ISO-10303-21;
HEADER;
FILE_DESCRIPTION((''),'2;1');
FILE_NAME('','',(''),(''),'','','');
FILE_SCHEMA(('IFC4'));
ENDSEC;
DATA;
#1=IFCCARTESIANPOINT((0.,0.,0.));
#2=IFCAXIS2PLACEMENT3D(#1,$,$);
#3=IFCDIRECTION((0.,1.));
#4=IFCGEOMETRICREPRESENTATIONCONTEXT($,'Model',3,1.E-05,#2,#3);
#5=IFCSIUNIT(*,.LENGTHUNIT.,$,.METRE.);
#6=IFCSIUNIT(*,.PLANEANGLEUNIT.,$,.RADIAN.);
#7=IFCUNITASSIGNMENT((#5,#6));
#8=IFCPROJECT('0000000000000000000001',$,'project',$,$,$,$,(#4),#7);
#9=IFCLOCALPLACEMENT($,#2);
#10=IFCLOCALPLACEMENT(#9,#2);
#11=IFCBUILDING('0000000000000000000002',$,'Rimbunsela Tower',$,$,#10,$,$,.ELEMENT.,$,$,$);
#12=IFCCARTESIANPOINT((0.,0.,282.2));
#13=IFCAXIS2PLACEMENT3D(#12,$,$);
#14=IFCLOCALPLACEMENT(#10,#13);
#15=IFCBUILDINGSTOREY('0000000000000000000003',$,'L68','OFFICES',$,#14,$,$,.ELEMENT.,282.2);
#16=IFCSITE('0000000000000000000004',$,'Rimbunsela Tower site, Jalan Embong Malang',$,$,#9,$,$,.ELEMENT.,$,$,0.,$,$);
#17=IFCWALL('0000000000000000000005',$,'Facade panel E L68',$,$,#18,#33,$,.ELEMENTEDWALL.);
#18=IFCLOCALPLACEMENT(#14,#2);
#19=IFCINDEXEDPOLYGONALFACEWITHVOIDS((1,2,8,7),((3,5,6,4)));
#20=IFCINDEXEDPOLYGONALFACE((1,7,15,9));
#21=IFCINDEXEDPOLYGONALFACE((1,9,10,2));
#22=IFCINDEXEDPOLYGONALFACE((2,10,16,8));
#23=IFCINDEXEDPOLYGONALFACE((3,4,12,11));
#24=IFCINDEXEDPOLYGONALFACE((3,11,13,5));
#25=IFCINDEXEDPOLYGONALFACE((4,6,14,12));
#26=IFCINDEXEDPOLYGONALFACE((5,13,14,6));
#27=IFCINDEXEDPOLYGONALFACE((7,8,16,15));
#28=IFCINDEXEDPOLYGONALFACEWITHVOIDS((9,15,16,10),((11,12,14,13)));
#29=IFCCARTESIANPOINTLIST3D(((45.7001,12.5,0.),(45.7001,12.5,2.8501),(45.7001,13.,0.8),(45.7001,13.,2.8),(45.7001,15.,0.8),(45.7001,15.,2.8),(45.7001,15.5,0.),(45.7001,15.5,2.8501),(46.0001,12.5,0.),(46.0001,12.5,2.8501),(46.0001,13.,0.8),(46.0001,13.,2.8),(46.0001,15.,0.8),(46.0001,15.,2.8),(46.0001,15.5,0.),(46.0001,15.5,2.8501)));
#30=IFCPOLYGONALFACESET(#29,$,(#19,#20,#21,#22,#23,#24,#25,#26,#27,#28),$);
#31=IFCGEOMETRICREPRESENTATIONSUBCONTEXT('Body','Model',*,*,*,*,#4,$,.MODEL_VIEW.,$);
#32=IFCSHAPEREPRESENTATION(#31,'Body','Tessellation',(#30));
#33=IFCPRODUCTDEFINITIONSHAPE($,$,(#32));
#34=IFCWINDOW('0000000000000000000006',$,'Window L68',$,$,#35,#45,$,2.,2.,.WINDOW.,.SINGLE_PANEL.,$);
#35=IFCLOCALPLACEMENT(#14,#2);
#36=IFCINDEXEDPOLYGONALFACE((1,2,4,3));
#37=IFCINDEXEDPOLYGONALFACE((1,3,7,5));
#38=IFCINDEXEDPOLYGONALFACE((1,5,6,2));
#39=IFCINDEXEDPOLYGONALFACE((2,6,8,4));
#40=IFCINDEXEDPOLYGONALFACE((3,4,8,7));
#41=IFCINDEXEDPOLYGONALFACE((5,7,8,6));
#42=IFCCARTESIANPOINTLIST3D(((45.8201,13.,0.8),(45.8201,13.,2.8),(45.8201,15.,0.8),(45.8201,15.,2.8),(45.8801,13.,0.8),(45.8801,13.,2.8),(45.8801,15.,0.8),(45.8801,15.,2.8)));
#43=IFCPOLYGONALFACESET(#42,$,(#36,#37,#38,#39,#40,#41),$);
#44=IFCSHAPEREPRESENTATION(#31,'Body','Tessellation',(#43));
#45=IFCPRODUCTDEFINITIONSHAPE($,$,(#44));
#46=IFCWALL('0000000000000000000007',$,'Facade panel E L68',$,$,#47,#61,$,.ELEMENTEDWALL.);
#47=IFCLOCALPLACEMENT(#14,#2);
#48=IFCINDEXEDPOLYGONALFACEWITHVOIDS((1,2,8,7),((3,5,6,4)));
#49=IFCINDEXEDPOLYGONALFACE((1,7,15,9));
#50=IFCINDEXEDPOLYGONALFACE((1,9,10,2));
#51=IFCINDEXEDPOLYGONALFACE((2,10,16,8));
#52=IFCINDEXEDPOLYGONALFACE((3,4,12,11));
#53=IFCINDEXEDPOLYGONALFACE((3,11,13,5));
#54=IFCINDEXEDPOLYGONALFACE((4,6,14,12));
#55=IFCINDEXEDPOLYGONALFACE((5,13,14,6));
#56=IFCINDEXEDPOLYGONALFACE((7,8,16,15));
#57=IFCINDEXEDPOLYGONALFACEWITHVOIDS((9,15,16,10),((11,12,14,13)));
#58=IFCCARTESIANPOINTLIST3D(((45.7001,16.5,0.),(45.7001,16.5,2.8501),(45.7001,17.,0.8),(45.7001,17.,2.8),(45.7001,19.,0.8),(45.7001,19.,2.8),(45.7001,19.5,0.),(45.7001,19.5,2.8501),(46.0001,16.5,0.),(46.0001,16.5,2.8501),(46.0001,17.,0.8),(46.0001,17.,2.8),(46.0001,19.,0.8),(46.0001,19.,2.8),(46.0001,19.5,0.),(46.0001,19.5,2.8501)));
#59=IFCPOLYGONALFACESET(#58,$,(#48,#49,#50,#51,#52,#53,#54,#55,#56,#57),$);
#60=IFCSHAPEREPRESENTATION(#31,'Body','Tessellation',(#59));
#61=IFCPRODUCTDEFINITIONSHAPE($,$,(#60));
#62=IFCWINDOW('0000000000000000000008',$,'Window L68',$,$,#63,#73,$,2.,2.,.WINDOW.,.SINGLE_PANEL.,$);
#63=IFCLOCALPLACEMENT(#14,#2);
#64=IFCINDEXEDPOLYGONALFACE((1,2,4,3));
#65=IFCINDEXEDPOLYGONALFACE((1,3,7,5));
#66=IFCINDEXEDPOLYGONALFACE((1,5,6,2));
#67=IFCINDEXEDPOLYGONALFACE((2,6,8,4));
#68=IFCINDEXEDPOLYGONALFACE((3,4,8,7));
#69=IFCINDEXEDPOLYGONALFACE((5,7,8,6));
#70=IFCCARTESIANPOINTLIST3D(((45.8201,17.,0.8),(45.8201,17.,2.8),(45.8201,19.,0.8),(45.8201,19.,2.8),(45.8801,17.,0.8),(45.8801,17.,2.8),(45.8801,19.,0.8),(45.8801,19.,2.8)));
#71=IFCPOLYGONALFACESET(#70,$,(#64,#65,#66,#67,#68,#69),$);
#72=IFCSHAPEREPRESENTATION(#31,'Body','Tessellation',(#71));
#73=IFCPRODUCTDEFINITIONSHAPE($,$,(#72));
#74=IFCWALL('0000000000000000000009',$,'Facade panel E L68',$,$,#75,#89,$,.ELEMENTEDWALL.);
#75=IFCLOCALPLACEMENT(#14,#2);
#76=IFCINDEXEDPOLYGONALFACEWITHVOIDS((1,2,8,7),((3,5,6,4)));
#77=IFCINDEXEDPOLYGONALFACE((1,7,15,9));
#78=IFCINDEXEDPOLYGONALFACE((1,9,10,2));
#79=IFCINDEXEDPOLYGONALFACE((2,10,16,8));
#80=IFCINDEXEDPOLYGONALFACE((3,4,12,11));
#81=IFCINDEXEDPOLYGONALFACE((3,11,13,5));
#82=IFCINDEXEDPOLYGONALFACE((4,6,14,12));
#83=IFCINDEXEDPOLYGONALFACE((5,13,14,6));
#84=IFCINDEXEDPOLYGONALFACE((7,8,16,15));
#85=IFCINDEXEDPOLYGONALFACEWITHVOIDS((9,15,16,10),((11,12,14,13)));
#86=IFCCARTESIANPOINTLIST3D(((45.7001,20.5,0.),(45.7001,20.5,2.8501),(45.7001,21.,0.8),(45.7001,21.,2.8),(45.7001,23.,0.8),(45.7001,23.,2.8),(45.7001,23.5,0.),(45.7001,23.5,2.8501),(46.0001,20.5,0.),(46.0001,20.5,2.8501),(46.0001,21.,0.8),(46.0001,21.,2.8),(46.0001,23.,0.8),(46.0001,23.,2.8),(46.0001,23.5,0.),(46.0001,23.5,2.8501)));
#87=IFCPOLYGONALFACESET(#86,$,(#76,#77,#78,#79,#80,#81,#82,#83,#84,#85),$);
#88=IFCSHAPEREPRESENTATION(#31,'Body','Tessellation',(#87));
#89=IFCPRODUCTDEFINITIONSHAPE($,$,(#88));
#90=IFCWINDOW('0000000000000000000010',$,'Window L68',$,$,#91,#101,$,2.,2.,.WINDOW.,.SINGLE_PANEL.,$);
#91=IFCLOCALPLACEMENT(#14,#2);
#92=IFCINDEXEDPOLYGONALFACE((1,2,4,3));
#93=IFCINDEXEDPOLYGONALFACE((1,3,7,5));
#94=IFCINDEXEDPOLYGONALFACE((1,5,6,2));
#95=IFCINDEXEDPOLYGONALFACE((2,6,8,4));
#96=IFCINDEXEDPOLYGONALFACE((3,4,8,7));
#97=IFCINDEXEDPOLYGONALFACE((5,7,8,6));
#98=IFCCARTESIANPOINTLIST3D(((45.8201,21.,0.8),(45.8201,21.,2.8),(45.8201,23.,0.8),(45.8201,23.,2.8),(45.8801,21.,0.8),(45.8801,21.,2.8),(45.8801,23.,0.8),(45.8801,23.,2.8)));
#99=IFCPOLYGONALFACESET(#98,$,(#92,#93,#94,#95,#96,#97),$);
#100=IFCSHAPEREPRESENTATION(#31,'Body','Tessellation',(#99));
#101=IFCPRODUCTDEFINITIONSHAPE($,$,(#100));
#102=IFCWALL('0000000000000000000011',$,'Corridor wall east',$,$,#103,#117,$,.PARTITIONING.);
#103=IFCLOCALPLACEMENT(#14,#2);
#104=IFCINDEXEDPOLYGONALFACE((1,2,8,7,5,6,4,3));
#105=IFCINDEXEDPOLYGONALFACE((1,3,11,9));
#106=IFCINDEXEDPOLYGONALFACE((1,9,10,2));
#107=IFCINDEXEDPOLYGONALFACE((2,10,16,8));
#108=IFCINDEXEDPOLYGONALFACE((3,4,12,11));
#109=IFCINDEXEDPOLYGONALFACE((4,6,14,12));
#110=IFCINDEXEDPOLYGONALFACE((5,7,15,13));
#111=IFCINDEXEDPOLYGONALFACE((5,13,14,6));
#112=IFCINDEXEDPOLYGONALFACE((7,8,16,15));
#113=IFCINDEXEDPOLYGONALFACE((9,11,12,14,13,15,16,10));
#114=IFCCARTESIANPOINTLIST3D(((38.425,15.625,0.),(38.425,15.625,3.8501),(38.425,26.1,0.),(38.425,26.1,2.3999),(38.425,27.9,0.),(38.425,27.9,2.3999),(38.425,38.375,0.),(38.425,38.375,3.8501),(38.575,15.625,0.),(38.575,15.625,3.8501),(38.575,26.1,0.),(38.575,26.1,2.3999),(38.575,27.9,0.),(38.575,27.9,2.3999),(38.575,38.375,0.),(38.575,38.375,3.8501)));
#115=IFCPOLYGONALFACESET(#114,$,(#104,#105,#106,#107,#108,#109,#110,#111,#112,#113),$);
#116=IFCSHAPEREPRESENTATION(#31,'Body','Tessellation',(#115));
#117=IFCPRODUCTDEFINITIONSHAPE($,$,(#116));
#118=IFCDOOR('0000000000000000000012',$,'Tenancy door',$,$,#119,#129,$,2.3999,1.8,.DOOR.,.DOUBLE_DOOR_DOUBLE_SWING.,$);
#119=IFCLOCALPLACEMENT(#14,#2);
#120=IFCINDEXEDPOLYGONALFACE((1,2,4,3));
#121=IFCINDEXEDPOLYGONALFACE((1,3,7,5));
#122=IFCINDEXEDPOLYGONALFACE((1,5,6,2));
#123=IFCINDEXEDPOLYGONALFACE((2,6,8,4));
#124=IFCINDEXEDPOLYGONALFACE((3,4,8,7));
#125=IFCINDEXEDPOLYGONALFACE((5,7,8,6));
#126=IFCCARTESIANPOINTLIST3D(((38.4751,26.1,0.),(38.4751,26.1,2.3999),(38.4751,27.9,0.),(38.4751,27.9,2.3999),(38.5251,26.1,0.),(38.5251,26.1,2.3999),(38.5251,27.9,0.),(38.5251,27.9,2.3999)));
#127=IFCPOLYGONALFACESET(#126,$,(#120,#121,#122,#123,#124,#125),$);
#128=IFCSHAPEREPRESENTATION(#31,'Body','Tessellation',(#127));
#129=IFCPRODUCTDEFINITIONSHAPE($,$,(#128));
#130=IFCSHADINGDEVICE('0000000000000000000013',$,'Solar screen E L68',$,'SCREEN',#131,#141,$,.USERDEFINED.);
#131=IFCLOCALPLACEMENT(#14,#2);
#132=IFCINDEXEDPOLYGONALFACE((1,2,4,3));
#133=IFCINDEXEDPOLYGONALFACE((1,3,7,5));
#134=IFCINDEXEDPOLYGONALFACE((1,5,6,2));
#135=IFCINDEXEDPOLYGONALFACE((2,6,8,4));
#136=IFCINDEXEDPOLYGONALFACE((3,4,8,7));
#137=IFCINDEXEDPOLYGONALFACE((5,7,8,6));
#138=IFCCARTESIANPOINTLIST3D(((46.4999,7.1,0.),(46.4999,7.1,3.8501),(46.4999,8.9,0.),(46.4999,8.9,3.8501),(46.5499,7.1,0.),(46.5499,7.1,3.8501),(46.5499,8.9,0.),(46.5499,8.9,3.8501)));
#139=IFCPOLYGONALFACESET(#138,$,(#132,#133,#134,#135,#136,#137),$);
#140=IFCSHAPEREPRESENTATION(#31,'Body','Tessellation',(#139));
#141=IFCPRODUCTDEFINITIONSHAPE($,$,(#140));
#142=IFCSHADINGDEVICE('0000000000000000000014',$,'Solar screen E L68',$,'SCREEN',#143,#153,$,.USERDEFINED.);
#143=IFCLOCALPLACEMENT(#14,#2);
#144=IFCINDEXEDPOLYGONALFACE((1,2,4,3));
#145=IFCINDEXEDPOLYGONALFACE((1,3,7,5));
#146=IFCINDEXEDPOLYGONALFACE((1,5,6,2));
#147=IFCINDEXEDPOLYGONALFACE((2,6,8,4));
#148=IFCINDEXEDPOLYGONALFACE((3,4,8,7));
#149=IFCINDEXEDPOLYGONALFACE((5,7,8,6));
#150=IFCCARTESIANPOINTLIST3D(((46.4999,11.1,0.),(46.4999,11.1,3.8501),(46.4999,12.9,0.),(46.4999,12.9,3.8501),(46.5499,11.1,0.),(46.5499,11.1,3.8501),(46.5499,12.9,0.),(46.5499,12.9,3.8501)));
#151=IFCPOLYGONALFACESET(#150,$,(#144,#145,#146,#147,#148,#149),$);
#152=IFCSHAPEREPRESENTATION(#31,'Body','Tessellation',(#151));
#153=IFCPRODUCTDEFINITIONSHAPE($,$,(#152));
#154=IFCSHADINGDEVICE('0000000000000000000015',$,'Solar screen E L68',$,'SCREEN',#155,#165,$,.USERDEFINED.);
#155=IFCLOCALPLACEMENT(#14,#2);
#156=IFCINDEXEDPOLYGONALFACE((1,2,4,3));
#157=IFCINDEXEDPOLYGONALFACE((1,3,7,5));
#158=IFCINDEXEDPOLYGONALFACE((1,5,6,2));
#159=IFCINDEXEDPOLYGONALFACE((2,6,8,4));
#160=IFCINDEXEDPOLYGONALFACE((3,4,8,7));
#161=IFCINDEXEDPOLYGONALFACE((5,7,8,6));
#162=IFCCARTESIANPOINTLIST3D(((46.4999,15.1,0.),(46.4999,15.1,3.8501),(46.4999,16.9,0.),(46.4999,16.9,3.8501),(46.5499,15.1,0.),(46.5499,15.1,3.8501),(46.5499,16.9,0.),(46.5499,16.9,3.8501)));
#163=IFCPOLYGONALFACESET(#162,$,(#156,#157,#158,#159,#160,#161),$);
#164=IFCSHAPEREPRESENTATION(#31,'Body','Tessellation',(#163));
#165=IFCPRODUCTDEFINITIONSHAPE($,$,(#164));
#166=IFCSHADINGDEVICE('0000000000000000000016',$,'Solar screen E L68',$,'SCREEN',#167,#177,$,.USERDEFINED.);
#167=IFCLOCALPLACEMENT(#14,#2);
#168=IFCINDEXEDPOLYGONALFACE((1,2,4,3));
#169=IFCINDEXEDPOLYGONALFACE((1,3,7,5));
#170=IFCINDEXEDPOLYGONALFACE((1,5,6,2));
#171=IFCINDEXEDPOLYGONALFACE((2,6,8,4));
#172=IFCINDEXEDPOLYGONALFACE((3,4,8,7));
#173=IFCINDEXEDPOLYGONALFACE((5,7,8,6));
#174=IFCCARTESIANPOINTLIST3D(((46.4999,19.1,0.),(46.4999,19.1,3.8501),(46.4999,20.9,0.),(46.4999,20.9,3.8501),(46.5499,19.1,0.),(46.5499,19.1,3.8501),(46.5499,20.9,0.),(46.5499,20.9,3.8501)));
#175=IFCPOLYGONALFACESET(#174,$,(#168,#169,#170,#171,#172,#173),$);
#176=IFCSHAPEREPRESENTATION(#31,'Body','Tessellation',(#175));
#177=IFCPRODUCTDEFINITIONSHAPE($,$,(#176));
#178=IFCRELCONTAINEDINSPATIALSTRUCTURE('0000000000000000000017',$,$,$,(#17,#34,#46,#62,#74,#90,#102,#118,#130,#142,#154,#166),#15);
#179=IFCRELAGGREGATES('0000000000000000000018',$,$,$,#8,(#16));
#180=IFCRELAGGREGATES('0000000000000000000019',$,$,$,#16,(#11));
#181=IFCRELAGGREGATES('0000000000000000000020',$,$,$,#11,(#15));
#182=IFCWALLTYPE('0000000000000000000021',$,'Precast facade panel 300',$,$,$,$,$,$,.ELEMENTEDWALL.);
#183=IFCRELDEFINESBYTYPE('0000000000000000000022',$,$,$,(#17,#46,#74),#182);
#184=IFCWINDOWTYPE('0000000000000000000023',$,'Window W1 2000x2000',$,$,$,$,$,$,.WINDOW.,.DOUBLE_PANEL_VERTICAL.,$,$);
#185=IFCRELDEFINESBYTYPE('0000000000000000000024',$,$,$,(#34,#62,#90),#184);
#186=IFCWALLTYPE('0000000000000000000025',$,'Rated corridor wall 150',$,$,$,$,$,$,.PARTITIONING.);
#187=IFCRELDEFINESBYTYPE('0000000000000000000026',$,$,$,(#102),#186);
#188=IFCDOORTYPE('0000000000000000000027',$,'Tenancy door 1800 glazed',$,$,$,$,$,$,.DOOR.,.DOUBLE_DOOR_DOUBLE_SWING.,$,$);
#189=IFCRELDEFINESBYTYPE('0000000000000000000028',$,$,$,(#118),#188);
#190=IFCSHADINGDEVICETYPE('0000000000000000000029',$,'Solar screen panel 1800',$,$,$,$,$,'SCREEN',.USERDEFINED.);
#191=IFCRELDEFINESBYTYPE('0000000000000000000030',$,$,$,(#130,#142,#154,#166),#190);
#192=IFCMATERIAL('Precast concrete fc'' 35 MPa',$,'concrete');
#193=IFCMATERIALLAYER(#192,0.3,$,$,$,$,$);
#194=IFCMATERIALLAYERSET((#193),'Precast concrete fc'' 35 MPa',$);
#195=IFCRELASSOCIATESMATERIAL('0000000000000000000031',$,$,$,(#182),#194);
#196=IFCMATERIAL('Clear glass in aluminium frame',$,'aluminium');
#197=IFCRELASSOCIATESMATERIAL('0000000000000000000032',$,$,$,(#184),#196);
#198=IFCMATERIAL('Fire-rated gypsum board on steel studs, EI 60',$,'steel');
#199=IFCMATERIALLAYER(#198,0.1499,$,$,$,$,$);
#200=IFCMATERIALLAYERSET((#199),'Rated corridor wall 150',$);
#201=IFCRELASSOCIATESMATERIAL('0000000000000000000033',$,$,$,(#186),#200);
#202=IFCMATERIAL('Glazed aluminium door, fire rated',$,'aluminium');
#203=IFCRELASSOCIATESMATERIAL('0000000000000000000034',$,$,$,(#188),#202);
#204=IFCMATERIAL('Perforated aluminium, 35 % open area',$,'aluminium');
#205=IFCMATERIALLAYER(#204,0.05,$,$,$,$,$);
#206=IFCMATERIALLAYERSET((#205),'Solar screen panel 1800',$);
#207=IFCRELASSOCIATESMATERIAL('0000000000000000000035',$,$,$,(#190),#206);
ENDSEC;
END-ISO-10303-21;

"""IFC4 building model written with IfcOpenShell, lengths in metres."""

from ifc_helpers import new_model, si_unit, direction, frame, frame_2d, origin, origin_2d, place, context, subcontext, project, spatial, rectangle, extrude, material, layer, layer_set, type_object, element, fill, save


model = new_model("IFC4")

# Units and contexts
model_context = context("Model", 3, precision=1e-05, world=origin(), true_north=direction((0.0, 1.0)))
body_context = subcontext(model_context, "Body", "Model", "MODEL_VIEW")
ifc_project = project(units=[si_unit("LENGTHUNIT", "METRE"), si_unit("PLANEANGLEUNIT", "RADIAN")], contexts=[model_context])

# Site, building, storey
site_placement = place(None, origin())
site = spatial("IfcSite", under=ifc_project, at=site_placement, Name="Rimbunsela Tower site, Jalan Embong Malang", CompositionType="ELEMENT", RefElevation=0.0)
building_placement = place(site_placement, origin())
building = spatial("IfcBuilding", under=site, at=building_placement, Name="Rimbunsela Tower", CompositionType="ELEMENT")
storey_placement = place(building_placement, frame((0.0, 0.0, 282.2)))
storey = spatial("IfcBuildingStorey", under=building, at=storey_placement, Name="L68", Description="OFFICES", CompositionType="ELEMENT", Elevation=282.2)

# Walls, openings, windows
ifc_material_1 = material(Name="Precast concrete fc' 35 MPa", Category="concrete")
ifc_layer_1 = layer(ifc_material_1, 0.3)
ifc_layer_set_1 = layer_set([ifc_layer_1], Name="Precast concrete fc' 35 MPa")
wall_type_1 = type_object("IfcWallType", Name="Precast facade panel 300", PredefinedType="ELEMENTEDWALL", material=ifc_layer_set_1)
ifc_material_2 = material(Name="Clear glass in aluminium frame", Category="aluminium")
window_type = type_object("IfcWindowType", Name="Window W1 2000x2000", PartitioningType="DOUBLE_PANEL_VERTICAL", PredefinedType="WINDOW", material=ifc_material_2)
wall_1_placement = place(storey_placement, frame((45.8501, 12.5, 0.0), z_axis=(0.0, 0.0, 1.0), x_axis=(0.0, 1.0, 0.0)))
wall_1 = element("IfcWall", 1, at=wall_1_placement, inside=storey, type_object=wall_type_1, Name="Facade panel E L68", PredefinedType="ELEMENTEDWALL", context=body_context, shape_type="SweptSolid", body=[
    extrude(rectangle(XDim=3.0, YDim=0.3, at=frame_2d((1.5, 0.0))), origin(), (0.0, 0.0, 1.0), 2.8501),
])
opening_1_placement = place(wall_1_placement, frame((0.5, 0.0, 0.8)))
opening_1 = element("IfcOpeningElement", 2, at=opening_1_placement, cuts=wall_1, PredefinedType="OPENING", context=body_context, shape_type="SweptSolid", body=[
    extrude(rectangle(XDim=2.0, YDim=2.0, at=frame_2d((1.0, 1.0))), frame((0.0, 0.1599, 0.0), z_axis=(0.0, -1.0, 0.0), x_axis=(1.0, 0.0, 0.0)), (0.0, 0.0, 1.0), 0.3201),
])
window_1_placement = place(opening_1_placement, origin())
window_1 = element("IfcWindow", 3, at=window_1_placement, inside=storey, type_object=window_type, Name="Window L68", OverallHeight=2.0, OverallWidth=2.0, PartitioningType="SINGLE_PANEL", PredefinedType="WINDOW", context=body_context, shape_type="SweptSolid", body=[
    extrude(rectangle(XDim=2.0, YDim=2.0, at=frame_2d((1.0, 1.0))), frame((0.0, 0.03, 0.0), z_axis=(0.0, -1.0, 0.0), x_axis=(1.0, 0.0, 0.0)), (0.0, 0.0, 1.0), 0.0601),
])
fill(opening_1, window_1)
wall_2_placement = place(storey_placement, frame((45.8501, 16.5, 0.0), z_axis=(0.0, 0.0, 1.0), x_axis=(0.0, 1.0, 0.0)))
wall_2 = element("IfcWall", 4, at=wall_2_placement, inside=storey, type_object=wall_type_1, Name="Facade panel E L68", PredefinedType="ELEMENTEDWALL", context=body_context, shape_type="SweptSolid", body=[
    extrude(rectangle(XDim=3.0, YDim=0.3, at=frame_2d((1.5, 0.0))), origin(), (0.0, 0.0, 1.0), 2.8501),
])
opening_2_placement = place(wall_2_placement, frame((0.5, 0.0, 0.8)))
opening_2 = element("IfcOpeningElement", 5, at=opening_2_placement, cuts=wall_2, PredefinedType="OPENING", context=body_context, shape_type="SweptSolid", body=[
    extrude(rectangle(XDim=2.0, YDim=2.0, at=frame_2d((1.0, 1.0))), frame((0.0, 0.1599, 0.0), z_axis=(0.0, -1.0, 0.0), x_axis=(1.0, 0.0, 0.0)), (0.0, 0.0, 1.0), 0.3201),
])
window_2_placement = place(opening_2_placement, origin())
window_2 = element("IfcWindow", 6, at=window_2_placement, inside=storey, type_object=window_type, Name="Window L68", OverallHeight=2.0, OverallWidth=2.0, PartitioningType="SINGLE_PANEL", PredefinedType="WINDOW", context=body_context, shape_type="SweptSolid", body=[
    extrude(rectangle(XDim=2.0, YDim=2.0, at=frame_2d((1.0, 1.0))), frame((0.0, 0.03, 0.0), z_axis=(0.0, -1.0, 0.0), x_axis=(1.0, 0.0, 0.0)), (0.0, 0.0, 1.0), 0.0601),
])
fill(opening_2, window_2)
wall_3_placement = place(storey_placement, frame((45.8501, 20.5, 0.0), z_axis=(0.0, 0.0, 1.0), x_axis=(0.0, 1.0, 0.0)))
wall_3 = element("IfcWall", 7, at=wall_3_placement, inside=storey, type_object=wall_type_1, Name="Facade panel E L68", PredefinedType="ELEMENTEDWALL", context=body_context, shape_type="SweptSolid", body=[
    extrude(rectangle(XDim=3.0, YDim=0.3, at=frame_2d((1.5, 0.0))), origin(), (0.0, 0.0, 1.0), 2.8501),
])
opening_3_placement = place(wall_3_placement, frame((0.5, 0.0, 0.8)))
opening_3 = element("IfcOpeningElement", 8, at=opening_3_placement, cuts=wall_3, PredefinedType="OPENING", context=body_context, shape_type="SweptSolid", body=[
    extrude(rectangle(XDim=2.0, YDim=2.0, at=frame_2d((1.0, 1.0))), frame((0.0, 0.1599, 0.0), z_axis=(0.0, -1.0, 0.0), x_axis=(1.0, 0.0, 0.0)), (0.0, 0.0, 1.0), 0.3201),
])
window_3_placement = place(opening_3_placement, origin())
window_3 = element("IfcWindow", 9, at=window_3_placement, inside=storey, type_object=window_type, Name="Window L68", OverallHeight=2.0, OverallWidth=2.0, PartitioningType="SINGLE_PANEL", PredefinedType="WINDOW", context=body_context, shape_type="SweptSolid", body=[
    extrude(rectangle(XDim=2.0, YDim=2.0, at=frame_2d((1.0, 1.0))), frame((0.0, 0.03, 0.0), z_axis=(0.0, -1.0, 0.0), x_axis=(1.0, 0.0, 0.0)), (0.0, 0.0, 1.0), 0.0601),
])
fill(opening_3, window_3)

# Wall, opening, door
ifc_material_3 = material(Name="Fire-rated gypsum board on steel studs, EI 60", Category="steel")
ifc_layer_2 = layer(ifc_material_3, 0.1499)
ifc_layer_set_2 = layer_set([ifc_layer_2], Name="Rated corridor wall 150")
wall_type_2 = type_object("IfcWallType", Name="Rated corridor wall 150", PredefinedType="PARTITIONING", material=ifc_layer_set_2)
wall_4_placement = place(storey_placement, frame((38.5, 15.625, 0.0), z_axis=(0.0, 0.0, 1.0), x_axis=(0.0, 1.0, 0.0)))
wall_4 = element("IfcWall", 10, at=wall_4_placement, inside=storey, type_object=wall_type_2, Name="Corridor wall east", PredefinedType="PARTITIONING", context=body_context, shape_type="SweptSolid", body=[
    extrude(rectangle(XDim=22.75, YDim=0.1499, at=frame_2d((11.375, 0.0))), origin(), (0.0, 0.0, 1.0), 3.8501),
])
opening_4_placement = place(wall_4_placement, frame((10.4751, 0.0, 0.0)))
opening_4 = element("IfcOpeningElement", 11, at=opening_4_placement, cuts=wall_4, PredefinedType="OPENING", context=body_context, shape_type="SweptSolid", body=[
    extrude(rectangle(XDim=1.8, YDim=2.3999, at=frame_2d((0.8999, 1.2))), frame((0.0, 0.085, 0.0), z_axis=(0.0, -1.0, 0.0), x_axis=(1.0, 0.0, 0.0)), (0.0, 0.0, 1.0), 0.1699),
])
ifc_material_4 = material(Name="Glazed aluminium door, fire rated", Category="aluminium")
door_type = type_object("IfcDoorType", Name="Tenancy door 1800 glazed", OperationType="DOUBLE_DOOR_DOUBLE_SWING", PredefinedType="DOOR", material=ifc_material_4)
door_placement = place(opening_4_placement, origin())
door = element("IfcDoor", 12, at=door_placement, inside=storey, type_object=door_type, Name="Tenancy door", OperationType="DOUBLE_DOOR_DOUBLE_SWING", OverallHeight=2.3999, OverallWidth=1.8, PredefinedType="DOOR", context=body_context, shape_type="SweptSolid", body=[
    extrude(rectangle(XDim=1.8, YDim=2.3999, at=frame_2d((0.8999, 1.2))), frame((0.0, 0.0249, 0.0), z_axis=(0.0, -1.0, 0.0), x_axis=(1.0, 0.0, 0.0)), (0.0, 0.0, 1.0), 0.05),
])
fill(opening_4, door)

# Shading devices
ifc_material_5 = material(Name="Perforated aluminium, 35 % open area", Category="aluminium")
ifc_layer_3 = layer(ifc_material_5, 0.05)
ifc_layer_set_3 = layer_set([ifc_layer_3], Name="Solar screen panel 1800")
shading_device_type = type_object("IfcShadingDeviceType", Name="Solar screen panel 1800", ElementType="SCREEN", PredefinedType="USERDEFINED", material=ifc_layer_set_3)
for number, where, z_axis, x_axis, name in (
    (13, (46.5249, 8.0, 0.0), (0.0, 0.0, 1.0), (0.0, 1.0, 0.0), "Solar screen E L68"),
    (14, (46.5249, 12.0, 0.0), (0.0, 0.0, 1.0), (0.0, 1.0, 0.0), "Solar screen E L68"),
    (15, (46.5249, 16.0, 0.0), (0.0, 0.0, 1.0), (0.0, 1.0, 0.0), "Solar screen E L68"),
    (16, (46.5249, 20.0, 0.0), (0.0, 0.0, 1.0), (0.0, 1.0, 0.0), "Solar screen E L68"),
):
    element("IfcShadingDevice", number, at=place(storey_placement, frame(where, z_axis=z_axis, x_axis=x_axis)), inside=storey, type_object=shading_device_type, Name=name, ObjectType="SCREEN", PredefinedType="USERDEFINED", context=body_context, shape_type="SweptSolid", body=[
        extrude(rectangle(XDim=1.8, YDim=0.05, at=origin_2d()), origin(), (0.0, 0.0, 1.0), 3.8501),
    ])

save(model, "model.ifc")
